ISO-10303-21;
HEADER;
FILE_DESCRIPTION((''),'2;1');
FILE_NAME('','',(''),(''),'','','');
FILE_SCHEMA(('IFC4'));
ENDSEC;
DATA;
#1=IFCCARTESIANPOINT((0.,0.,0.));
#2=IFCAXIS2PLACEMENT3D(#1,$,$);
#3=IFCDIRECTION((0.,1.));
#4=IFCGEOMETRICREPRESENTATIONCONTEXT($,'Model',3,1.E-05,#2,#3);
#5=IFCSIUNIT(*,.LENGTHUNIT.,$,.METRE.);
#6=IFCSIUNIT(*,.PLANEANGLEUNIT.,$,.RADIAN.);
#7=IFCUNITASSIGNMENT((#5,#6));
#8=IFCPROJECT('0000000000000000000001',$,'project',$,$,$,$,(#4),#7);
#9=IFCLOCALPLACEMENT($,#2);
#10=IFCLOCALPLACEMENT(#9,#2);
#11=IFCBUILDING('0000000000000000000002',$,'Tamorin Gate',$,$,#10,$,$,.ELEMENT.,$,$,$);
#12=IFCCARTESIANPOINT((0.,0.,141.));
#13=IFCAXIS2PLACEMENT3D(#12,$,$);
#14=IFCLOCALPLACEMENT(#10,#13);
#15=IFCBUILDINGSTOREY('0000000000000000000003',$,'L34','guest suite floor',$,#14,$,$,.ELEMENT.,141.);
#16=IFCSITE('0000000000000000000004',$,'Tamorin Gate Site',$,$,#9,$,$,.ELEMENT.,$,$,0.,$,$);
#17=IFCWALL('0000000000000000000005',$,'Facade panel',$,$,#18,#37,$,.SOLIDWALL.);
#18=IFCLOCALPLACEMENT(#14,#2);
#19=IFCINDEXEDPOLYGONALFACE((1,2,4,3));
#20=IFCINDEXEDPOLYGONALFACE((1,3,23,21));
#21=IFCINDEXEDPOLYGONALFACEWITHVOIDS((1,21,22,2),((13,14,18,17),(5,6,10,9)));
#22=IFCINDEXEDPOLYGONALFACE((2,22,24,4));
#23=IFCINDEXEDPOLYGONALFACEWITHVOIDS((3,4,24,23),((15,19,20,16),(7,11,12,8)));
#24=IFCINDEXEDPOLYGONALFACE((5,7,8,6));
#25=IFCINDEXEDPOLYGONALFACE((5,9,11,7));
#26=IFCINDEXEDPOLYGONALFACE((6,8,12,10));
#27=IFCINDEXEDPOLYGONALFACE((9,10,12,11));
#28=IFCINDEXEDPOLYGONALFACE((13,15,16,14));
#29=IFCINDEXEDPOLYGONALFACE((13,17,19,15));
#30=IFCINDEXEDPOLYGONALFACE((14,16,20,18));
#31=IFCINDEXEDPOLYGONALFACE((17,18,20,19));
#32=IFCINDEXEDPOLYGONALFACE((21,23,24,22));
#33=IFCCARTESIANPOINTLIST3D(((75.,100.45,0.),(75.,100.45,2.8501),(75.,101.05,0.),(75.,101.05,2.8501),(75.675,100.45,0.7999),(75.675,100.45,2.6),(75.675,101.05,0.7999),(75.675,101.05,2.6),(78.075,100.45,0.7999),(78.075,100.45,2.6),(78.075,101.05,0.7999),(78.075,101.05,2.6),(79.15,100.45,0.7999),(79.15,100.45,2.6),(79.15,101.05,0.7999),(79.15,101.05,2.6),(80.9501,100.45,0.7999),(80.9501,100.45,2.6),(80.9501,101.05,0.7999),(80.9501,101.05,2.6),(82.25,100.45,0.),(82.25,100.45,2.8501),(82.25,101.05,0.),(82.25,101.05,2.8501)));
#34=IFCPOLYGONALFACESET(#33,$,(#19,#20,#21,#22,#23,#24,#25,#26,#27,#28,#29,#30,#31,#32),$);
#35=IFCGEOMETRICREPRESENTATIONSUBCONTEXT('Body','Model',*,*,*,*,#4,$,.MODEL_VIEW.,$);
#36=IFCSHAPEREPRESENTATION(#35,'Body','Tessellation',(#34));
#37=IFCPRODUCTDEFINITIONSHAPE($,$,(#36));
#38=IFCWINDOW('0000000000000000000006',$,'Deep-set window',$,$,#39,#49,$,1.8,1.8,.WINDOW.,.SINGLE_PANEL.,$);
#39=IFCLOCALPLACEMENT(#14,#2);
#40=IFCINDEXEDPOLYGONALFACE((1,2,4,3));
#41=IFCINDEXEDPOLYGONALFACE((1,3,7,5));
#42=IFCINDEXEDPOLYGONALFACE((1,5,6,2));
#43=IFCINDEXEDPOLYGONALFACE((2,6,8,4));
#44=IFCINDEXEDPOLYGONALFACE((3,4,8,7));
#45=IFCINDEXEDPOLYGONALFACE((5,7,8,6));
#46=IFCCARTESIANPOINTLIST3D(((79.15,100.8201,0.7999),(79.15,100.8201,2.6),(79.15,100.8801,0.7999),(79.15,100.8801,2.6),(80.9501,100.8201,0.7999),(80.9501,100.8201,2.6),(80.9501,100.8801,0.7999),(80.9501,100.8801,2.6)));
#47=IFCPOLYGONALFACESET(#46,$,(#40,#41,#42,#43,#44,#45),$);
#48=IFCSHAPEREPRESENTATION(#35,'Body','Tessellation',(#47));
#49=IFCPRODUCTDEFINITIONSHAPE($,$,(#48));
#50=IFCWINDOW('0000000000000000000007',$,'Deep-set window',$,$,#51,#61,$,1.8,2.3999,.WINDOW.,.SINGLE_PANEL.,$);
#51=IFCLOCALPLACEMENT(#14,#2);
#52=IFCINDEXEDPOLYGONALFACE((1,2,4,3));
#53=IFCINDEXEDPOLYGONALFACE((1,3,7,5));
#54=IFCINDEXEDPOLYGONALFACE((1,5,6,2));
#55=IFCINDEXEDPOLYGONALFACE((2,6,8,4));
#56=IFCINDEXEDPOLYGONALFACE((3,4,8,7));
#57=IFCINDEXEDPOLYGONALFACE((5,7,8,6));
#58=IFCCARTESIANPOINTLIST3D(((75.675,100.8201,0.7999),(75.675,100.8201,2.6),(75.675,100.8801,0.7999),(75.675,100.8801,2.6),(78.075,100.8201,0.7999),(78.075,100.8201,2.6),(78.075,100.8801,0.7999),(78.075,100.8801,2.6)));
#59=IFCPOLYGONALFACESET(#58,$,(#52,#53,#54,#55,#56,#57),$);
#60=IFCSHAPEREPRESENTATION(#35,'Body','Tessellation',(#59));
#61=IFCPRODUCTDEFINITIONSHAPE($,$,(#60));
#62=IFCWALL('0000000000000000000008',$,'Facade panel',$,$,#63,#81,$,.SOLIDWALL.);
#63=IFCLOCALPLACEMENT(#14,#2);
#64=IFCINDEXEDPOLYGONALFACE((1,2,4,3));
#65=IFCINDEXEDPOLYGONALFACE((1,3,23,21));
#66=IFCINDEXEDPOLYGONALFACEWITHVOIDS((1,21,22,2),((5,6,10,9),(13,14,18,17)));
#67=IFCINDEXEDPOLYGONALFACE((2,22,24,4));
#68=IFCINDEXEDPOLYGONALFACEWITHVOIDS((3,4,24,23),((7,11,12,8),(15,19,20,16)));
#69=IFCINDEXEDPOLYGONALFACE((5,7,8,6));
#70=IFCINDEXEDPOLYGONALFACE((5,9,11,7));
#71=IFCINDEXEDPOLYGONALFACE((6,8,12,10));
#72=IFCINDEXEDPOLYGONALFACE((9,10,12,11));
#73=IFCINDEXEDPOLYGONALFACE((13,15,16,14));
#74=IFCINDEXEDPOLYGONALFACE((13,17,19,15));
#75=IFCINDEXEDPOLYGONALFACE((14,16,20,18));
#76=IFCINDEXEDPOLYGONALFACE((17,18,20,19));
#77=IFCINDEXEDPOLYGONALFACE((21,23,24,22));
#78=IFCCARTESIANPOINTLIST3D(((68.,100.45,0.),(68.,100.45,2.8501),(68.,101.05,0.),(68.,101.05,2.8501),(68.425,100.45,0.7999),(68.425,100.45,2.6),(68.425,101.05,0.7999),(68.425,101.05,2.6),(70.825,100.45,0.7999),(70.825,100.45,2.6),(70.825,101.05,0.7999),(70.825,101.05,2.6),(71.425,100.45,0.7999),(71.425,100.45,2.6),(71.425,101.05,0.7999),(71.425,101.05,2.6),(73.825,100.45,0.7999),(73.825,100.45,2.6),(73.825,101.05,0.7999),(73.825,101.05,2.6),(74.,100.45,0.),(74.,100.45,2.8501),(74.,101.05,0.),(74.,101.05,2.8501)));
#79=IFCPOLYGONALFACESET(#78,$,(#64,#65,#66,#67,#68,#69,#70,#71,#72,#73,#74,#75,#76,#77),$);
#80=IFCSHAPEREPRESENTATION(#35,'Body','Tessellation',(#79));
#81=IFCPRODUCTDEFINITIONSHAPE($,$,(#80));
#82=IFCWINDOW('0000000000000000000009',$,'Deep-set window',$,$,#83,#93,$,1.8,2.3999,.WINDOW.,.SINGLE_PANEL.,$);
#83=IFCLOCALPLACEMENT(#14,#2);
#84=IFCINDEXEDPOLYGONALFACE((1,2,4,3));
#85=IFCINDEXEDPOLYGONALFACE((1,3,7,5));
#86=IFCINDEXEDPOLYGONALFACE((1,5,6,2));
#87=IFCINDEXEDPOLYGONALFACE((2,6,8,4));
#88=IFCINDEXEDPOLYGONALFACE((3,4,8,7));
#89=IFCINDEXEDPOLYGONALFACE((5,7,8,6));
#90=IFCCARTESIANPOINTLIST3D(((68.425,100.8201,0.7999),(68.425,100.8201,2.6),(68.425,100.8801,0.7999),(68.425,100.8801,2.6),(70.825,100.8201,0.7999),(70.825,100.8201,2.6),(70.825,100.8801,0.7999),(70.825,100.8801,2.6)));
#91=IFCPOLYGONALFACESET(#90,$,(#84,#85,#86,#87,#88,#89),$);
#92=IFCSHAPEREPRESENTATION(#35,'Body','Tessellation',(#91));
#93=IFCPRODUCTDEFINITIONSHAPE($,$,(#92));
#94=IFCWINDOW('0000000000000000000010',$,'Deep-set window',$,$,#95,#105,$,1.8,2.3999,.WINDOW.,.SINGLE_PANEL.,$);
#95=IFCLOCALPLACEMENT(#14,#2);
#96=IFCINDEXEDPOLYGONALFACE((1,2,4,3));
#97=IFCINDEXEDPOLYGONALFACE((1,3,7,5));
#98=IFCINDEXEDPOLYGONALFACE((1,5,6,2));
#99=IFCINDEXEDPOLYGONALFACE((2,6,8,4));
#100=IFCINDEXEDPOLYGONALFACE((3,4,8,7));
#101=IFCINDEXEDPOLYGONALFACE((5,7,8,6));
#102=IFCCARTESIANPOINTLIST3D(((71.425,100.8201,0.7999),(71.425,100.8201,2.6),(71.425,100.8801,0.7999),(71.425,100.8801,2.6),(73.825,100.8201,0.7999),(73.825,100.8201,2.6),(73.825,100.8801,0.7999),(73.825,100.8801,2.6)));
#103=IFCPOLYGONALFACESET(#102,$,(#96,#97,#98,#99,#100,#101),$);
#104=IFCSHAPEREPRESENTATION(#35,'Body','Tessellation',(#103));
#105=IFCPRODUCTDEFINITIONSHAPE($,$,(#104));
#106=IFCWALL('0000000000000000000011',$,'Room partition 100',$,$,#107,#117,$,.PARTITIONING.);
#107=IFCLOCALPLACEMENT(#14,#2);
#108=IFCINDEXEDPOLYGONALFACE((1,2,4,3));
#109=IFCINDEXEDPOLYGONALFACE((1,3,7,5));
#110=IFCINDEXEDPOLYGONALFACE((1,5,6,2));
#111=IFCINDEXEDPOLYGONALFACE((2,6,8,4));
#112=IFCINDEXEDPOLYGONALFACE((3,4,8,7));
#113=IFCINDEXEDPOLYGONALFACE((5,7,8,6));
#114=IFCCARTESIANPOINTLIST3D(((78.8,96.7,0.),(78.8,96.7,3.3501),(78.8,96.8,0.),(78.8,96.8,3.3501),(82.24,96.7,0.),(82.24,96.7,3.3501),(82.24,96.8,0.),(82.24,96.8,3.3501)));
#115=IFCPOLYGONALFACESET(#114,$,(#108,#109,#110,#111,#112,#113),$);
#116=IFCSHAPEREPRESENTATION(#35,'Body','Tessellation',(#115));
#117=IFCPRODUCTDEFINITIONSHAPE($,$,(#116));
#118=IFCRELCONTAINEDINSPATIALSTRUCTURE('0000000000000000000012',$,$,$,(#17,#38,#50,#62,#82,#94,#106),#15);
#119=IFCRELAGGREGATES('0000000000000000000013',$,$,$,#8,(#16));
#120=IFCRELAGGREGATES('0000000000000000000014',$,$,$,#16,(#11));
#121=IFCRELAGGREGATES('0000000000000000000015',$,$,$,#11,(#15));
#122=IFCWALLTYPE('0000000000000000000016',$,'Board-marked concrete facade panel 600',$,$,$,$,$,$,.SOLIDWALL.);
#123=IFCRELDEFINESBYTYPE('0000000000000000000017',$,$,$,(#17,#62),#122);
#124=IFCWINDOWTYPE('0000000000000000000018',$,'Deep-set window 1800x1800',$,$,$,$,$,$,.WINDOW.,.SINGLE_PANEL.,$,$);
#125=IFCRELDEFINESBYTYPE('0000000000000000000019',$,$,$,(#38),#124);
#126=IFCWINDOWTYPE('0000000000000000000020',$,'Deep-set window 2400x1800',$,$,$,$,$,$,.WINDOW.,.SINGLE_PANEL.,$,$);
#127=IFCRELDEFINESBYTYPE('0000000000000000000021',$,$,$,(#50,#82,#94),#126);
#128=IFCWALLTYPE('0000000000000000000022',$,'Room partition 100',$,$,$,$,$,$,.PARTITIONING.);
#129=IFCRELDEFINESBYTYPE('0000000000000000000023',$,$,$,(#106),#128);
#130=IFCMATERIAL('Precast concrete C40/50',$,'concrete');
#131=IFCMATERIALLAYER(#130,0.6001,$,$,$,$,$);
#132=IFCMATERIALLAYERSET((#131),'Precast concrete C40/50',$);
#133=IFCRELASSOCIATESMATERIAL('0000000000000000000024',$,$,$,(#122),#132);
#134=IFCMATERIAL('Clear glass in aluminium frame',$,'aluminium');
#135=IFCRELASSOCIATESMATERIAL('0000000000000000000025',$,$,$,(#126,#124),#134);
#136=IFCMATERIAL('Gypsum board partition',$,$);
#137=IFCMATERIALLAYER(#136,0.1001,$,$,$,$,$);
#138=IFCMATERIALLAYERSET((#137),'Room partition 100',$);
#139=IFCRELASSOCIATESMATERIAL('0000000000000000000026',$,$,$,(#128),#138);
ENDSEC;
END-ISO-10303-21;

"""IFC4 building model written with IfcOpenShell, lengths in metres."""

from ifc_helpers import new_model, si_unit, direction, frame, frame_2d, origin, place, context, subcontext, project, spatial, rectangle, extrude, material, layer, layer_set, type_object, element, fill, save


model = new_model("IFC4")

# Units and contexts
model_context = context("Model", 3, precision=1e-05, world=origin(), true_north=direction((0.0, 1.0)))
body_context = subcontext(model_context, "Body", "Model", "MODEL_VIEW")
ifc_project = project(units=[si_unit("LENGTHUNIT", "METRE"), si_unit("PLANEANGLEUNIT", "RADIAN")], contexts=[model_context])

# Site, building, storey
site_placement = place(None, origin())
site = spatial("IfcSite", under=ifc_project, at=site_placement, Name="Tamorin Gate Site", CompositionType="ELEMENT", RefElevation=0.0)
building_placement = place(site_placement, origin())
building = spatial("IfcBuilding", under=site, at=building_placement, Name="Tamorin Gate", CompositionType="ELEMENT")
storey_placement = place(building_placement, frame((0.0, 0.0, 141.0)))
storey = spatial("IfcBuildingStorey", under=building, at=storey_placement, Name="L34", Description="guest suite floor", CompositionType="ELEMENT", Elevation=141.0)

# Shared definitions
ifc_material_1 = material(Name="Precast concrete C40/50", Category="concrete")
ifc_layer_1 = layer(ifc_material_1, 0.6001)
ifc_layer_set_1 = layer_set([ifc_layer_1], Name="Precast concrete C40/50")
wall_type_1 = type_object("IfcWallType", Name="Board-marked concrete facade panel 600", PredefinedType="SOLIDWALL", material=ifc_layer_set_1)
ifc_material_2 = material(Name="Clear glass in aluminium frame", Category="aluminium")
window_type_1 = type_object("IfcWindowType", Name="Deep-set window 2400x1800", PartitioningType="SINGLE_PANEL", PredefinedType="WINDOW", material=ifc_material_2)

# Walls, openings, windows
wall_1_placement = place(storey_placement, frame((82.25, 100.75, 0.0), z_axis=(0.0, 0.0, 1.0), x_axis=(-1.0, 0.0, 0.0)))
wall_1 = element("IfcWall", 1, at=wall_1_placement, inside=storey, type_object=wall_type_1, Name="Facade panel", PredefinedType="SOLIDWALL", context=body_context, shape_type="SweptSolid", body=[
    extrude(rectangle(XDim=7.25, YDim=0.6001, at=frame_2d((3.625, 0.0))), origin(), (0.0, 0.0, 1.0), 2.8501),
])
opening_1_placement = place(wall_1_placement, frame((4.175, 0.0, 0.8)))
opening_1 = element("IfcOpeningElement", 2, at=opening_1_placement, cuts=wall_1, PredefinedType="OPENING", context=body_context, shape_type="SweptSolid", body=[
    extrude(rectangle(XDim=2.3999, YDim=1.8, at=frame_2d((1.2, 0.8999))), frame((0.0, 0.3101, 0.0), z_axis=(0.0, -1.0, 0.0), x_axis=(1.0, 0.0, 0.0)), (0.0, 0.0, 1.0), 0.6201),
])
opening_2_placement = place(wall_1_placement, frame((1.3, 0.0, 0.8)))
opening_2 = element("IfcOpeningElement", 3, at=opening_2_placement, cuts=wall_1, PredefinedType="OPENING", context=body_context, shape_type="SweptSolid", body=[
    extrude(rectangle(XDim=1.8, YDim=1.8, at=frame_2d((0.8999, 0.8999))), frame((0.0, 0.3101, 0.0), z_axis=(0.0, -1.0, 0.0), x_axis=(1.0, 0.0, 0.0)), (0.0, 0.0, 1.0), 0.6201),
])
window_type_2 = type_object("IfcWindowType", Name="Deep-set window 1800x1800", PartitioningType="SINGLE_PANEL", PredefinedType="WINDOW", material=ifc_material_2)
window_1_placement = place(opening_2_placement, origin())
window_1 = element("IfcWindow", 4, at=window_1_placement, inside=storey, type_object=window_type_2, Name="Deep-set window", OverallHeight=1.8, OverallWidth=1.8, PartitioningType="SINGLE_PANEL", PredefinedType="WINDOW", context=body_context, shape_type="SweptSolid", body=[
    extrude(rectangle(XDim=1.8, YDim=1.8, at=frame_2d((0.8999, 0.8999))), frame((0.0, -0.0701, 0.0), z_axis=(0.0, -1.0, 0.0), x_axis=(1.0, 0.0, 0.0)), (0.0, 0.0, 1.0), 0.0601),
])
fill(opening_2, window_1)
window_2_placement = place(opening_1_placement, origin())
window_2 = element("IfcWindow", 5, at=window_2_placement, inside=storey, type_object=window_type_1, Name="Deep-set window", OverallHeight=1.8, OverallWidth=2.3999, PartitioningType="SINGLE_PANEL", PredefinedType="WINDOW", context=body_context, shape_type="SweptSolid", body=[
    extrude(rectangle(XDim=2.3999, YDim=1.8, at=frame_2d((1.2, 0.8999))), frame((0.0, -0.0701, 0.0), z_axis=(0.0, -1.0, 0.0), x_axis=(1.0, 0.0, 0.0)), (0.0, 0.0, 1.0), 0.0601),
])
fill(opening_1, window_2)
wall_2_placement = place(storey_placement, frame((74.0, 100.75, 0.0), z_axis=(0.0, 0.0, 1.0), x_axis=(-1.0, 0.0, 0.0)))
wall_2 = element("IfcWall", 6, at=wall_2_placement, inside=storey, type_object=wall_type_1, Name="Facade panel", PredefinedType="SOLIDWALL", context=body_context, shape_type="SweptSolid", body=[
    extrude(rectangle(XDim=6.0, YDim=0.6001, at=frame_2d((3.0, 0.0))), origin(), (0.0, 0.0, 1.0), 2.8501),
])
opening_3_placement = place(wall_2_placement, frame((3.175, 0.0, 0.8)))
opening_3 = element("IfcOpeningElement", 7, at=opening_3_placement, cuts=wall_2, PredefinedType="OPENING", context=body_context, shape_type="SweptSolid", body=[
    extrude(rectangle(XDim=2.3999, YDim=1.8, at=frame_2d((1.2, 0.8999))), frame((0.0, 0.3101, 0.0), z_axis=(0.0, -1.0, 0.0), x_axis=(1.0, 0.0, 0.0)), (0.0, 0.0, 1.0), 0.6201),
])
opening_4_placement = place(wall_2_placement, frame((0.175, 0.0, 0.8)))
opening_4 = element("IfcOpeningElement", 8, at=opening_4_placement, cuts=wall_2, PredefinedType="OPENING", context=body_context, shape_type="SweptSolid", body=[
    extrude(rectangle(XDim=2.3999, YDim=1.8, at=frame_2d((1.2, 0.8999))), frame((0.0, 0.3101, 0.0), z_axis=(0.0, -1.0, 0.0), x_axis=(1.0, 0.0, 0.0)), (0.0, 0.0, 1.0), 0.6201),
])
window_3_placement = place(opening_3_placement, origin())
window_3 = element("IfcWindow", 9, at=window_3_placement, inside=storey, type_object=window_type_1, Name="Deep-set window", OverallHeight=1.8, OverallWidth=2.3999, PartitioningType="SINGLE_PANEL", PredefinedType="WINDOW", context=body_context, shape_type="SweptSolid", body=[
    extrude(rectangle(XDim=2.3999, YDim=1.8, at=frame_2d((1.2, 0.8999))), frame((0.0, -0.0701, 0.0), z_axis=(0.0, -1.0, 0.0), x_axis=(1.0, 0.0, 0.0)), (0.0, 0.0, 1.0), 0.0601),
])
fill(opening_3, window_3)
window_4_placement = place(opening_4_placement, origin())
window_4 = element("IfcWindow", 10, at=window_4_placement, inside=storey, type_object=window_type_1, Name="Deep-set window", OverallHeight=1.8, OverallWidth=2.3999, PartitioningType="SINGLE_PANEL", PredefinedType="WINDOW", context=body_context, shape_type="SweptSolid", body=[
    extrude(rectangle(XDim=2.3999, YDim=1.8, at=frame_2d((1.2, 0.8999))), frame((0.0, -0.0701, 0.0), z_axis=(0.0, -1.0, 0.0), x_axis=(1.0, 0.0, 0.0)), (0.0, 0.0, 1.0), 0.0601),
])
fill(opening_4, window_4)

# Wall
ifc_material_3 = material(Name="Gypsum board partition")
ifc_layer_2 = layer(ifc_material_3, 0.1001)
ifc_layer_set_2 = layer_set([ifc_layer_2], Name="Room partition 100")
wall_type_2 = type_object("IfcWallType", Name="Room partition 100", PredefinedType="PARTITIONING", material=ifc_layer_set_2)
wall_3_placement = place(storey_placement, frame((78.8, 96.75, 0.0), z_axis=(0.0, 0.0, 1.0), x_axis=(1.0, 0.0, 0.0)))
element("IfcWall", 11, at=wall_3_placement, inside=storey, type_object=wall_type_2, Name="Room partition 100", PredefinedType="PARTITIONING", context=body_context, shape_type="SweptSolid", body=[
    extrude(rectangle(XDim=3.4399, YDim=0.1001, at=frame_2d((1.72, 0.0))), origin(), (0.0, 0.0, 1.0), 3.3501),
])

save(model, "model.ifc")
